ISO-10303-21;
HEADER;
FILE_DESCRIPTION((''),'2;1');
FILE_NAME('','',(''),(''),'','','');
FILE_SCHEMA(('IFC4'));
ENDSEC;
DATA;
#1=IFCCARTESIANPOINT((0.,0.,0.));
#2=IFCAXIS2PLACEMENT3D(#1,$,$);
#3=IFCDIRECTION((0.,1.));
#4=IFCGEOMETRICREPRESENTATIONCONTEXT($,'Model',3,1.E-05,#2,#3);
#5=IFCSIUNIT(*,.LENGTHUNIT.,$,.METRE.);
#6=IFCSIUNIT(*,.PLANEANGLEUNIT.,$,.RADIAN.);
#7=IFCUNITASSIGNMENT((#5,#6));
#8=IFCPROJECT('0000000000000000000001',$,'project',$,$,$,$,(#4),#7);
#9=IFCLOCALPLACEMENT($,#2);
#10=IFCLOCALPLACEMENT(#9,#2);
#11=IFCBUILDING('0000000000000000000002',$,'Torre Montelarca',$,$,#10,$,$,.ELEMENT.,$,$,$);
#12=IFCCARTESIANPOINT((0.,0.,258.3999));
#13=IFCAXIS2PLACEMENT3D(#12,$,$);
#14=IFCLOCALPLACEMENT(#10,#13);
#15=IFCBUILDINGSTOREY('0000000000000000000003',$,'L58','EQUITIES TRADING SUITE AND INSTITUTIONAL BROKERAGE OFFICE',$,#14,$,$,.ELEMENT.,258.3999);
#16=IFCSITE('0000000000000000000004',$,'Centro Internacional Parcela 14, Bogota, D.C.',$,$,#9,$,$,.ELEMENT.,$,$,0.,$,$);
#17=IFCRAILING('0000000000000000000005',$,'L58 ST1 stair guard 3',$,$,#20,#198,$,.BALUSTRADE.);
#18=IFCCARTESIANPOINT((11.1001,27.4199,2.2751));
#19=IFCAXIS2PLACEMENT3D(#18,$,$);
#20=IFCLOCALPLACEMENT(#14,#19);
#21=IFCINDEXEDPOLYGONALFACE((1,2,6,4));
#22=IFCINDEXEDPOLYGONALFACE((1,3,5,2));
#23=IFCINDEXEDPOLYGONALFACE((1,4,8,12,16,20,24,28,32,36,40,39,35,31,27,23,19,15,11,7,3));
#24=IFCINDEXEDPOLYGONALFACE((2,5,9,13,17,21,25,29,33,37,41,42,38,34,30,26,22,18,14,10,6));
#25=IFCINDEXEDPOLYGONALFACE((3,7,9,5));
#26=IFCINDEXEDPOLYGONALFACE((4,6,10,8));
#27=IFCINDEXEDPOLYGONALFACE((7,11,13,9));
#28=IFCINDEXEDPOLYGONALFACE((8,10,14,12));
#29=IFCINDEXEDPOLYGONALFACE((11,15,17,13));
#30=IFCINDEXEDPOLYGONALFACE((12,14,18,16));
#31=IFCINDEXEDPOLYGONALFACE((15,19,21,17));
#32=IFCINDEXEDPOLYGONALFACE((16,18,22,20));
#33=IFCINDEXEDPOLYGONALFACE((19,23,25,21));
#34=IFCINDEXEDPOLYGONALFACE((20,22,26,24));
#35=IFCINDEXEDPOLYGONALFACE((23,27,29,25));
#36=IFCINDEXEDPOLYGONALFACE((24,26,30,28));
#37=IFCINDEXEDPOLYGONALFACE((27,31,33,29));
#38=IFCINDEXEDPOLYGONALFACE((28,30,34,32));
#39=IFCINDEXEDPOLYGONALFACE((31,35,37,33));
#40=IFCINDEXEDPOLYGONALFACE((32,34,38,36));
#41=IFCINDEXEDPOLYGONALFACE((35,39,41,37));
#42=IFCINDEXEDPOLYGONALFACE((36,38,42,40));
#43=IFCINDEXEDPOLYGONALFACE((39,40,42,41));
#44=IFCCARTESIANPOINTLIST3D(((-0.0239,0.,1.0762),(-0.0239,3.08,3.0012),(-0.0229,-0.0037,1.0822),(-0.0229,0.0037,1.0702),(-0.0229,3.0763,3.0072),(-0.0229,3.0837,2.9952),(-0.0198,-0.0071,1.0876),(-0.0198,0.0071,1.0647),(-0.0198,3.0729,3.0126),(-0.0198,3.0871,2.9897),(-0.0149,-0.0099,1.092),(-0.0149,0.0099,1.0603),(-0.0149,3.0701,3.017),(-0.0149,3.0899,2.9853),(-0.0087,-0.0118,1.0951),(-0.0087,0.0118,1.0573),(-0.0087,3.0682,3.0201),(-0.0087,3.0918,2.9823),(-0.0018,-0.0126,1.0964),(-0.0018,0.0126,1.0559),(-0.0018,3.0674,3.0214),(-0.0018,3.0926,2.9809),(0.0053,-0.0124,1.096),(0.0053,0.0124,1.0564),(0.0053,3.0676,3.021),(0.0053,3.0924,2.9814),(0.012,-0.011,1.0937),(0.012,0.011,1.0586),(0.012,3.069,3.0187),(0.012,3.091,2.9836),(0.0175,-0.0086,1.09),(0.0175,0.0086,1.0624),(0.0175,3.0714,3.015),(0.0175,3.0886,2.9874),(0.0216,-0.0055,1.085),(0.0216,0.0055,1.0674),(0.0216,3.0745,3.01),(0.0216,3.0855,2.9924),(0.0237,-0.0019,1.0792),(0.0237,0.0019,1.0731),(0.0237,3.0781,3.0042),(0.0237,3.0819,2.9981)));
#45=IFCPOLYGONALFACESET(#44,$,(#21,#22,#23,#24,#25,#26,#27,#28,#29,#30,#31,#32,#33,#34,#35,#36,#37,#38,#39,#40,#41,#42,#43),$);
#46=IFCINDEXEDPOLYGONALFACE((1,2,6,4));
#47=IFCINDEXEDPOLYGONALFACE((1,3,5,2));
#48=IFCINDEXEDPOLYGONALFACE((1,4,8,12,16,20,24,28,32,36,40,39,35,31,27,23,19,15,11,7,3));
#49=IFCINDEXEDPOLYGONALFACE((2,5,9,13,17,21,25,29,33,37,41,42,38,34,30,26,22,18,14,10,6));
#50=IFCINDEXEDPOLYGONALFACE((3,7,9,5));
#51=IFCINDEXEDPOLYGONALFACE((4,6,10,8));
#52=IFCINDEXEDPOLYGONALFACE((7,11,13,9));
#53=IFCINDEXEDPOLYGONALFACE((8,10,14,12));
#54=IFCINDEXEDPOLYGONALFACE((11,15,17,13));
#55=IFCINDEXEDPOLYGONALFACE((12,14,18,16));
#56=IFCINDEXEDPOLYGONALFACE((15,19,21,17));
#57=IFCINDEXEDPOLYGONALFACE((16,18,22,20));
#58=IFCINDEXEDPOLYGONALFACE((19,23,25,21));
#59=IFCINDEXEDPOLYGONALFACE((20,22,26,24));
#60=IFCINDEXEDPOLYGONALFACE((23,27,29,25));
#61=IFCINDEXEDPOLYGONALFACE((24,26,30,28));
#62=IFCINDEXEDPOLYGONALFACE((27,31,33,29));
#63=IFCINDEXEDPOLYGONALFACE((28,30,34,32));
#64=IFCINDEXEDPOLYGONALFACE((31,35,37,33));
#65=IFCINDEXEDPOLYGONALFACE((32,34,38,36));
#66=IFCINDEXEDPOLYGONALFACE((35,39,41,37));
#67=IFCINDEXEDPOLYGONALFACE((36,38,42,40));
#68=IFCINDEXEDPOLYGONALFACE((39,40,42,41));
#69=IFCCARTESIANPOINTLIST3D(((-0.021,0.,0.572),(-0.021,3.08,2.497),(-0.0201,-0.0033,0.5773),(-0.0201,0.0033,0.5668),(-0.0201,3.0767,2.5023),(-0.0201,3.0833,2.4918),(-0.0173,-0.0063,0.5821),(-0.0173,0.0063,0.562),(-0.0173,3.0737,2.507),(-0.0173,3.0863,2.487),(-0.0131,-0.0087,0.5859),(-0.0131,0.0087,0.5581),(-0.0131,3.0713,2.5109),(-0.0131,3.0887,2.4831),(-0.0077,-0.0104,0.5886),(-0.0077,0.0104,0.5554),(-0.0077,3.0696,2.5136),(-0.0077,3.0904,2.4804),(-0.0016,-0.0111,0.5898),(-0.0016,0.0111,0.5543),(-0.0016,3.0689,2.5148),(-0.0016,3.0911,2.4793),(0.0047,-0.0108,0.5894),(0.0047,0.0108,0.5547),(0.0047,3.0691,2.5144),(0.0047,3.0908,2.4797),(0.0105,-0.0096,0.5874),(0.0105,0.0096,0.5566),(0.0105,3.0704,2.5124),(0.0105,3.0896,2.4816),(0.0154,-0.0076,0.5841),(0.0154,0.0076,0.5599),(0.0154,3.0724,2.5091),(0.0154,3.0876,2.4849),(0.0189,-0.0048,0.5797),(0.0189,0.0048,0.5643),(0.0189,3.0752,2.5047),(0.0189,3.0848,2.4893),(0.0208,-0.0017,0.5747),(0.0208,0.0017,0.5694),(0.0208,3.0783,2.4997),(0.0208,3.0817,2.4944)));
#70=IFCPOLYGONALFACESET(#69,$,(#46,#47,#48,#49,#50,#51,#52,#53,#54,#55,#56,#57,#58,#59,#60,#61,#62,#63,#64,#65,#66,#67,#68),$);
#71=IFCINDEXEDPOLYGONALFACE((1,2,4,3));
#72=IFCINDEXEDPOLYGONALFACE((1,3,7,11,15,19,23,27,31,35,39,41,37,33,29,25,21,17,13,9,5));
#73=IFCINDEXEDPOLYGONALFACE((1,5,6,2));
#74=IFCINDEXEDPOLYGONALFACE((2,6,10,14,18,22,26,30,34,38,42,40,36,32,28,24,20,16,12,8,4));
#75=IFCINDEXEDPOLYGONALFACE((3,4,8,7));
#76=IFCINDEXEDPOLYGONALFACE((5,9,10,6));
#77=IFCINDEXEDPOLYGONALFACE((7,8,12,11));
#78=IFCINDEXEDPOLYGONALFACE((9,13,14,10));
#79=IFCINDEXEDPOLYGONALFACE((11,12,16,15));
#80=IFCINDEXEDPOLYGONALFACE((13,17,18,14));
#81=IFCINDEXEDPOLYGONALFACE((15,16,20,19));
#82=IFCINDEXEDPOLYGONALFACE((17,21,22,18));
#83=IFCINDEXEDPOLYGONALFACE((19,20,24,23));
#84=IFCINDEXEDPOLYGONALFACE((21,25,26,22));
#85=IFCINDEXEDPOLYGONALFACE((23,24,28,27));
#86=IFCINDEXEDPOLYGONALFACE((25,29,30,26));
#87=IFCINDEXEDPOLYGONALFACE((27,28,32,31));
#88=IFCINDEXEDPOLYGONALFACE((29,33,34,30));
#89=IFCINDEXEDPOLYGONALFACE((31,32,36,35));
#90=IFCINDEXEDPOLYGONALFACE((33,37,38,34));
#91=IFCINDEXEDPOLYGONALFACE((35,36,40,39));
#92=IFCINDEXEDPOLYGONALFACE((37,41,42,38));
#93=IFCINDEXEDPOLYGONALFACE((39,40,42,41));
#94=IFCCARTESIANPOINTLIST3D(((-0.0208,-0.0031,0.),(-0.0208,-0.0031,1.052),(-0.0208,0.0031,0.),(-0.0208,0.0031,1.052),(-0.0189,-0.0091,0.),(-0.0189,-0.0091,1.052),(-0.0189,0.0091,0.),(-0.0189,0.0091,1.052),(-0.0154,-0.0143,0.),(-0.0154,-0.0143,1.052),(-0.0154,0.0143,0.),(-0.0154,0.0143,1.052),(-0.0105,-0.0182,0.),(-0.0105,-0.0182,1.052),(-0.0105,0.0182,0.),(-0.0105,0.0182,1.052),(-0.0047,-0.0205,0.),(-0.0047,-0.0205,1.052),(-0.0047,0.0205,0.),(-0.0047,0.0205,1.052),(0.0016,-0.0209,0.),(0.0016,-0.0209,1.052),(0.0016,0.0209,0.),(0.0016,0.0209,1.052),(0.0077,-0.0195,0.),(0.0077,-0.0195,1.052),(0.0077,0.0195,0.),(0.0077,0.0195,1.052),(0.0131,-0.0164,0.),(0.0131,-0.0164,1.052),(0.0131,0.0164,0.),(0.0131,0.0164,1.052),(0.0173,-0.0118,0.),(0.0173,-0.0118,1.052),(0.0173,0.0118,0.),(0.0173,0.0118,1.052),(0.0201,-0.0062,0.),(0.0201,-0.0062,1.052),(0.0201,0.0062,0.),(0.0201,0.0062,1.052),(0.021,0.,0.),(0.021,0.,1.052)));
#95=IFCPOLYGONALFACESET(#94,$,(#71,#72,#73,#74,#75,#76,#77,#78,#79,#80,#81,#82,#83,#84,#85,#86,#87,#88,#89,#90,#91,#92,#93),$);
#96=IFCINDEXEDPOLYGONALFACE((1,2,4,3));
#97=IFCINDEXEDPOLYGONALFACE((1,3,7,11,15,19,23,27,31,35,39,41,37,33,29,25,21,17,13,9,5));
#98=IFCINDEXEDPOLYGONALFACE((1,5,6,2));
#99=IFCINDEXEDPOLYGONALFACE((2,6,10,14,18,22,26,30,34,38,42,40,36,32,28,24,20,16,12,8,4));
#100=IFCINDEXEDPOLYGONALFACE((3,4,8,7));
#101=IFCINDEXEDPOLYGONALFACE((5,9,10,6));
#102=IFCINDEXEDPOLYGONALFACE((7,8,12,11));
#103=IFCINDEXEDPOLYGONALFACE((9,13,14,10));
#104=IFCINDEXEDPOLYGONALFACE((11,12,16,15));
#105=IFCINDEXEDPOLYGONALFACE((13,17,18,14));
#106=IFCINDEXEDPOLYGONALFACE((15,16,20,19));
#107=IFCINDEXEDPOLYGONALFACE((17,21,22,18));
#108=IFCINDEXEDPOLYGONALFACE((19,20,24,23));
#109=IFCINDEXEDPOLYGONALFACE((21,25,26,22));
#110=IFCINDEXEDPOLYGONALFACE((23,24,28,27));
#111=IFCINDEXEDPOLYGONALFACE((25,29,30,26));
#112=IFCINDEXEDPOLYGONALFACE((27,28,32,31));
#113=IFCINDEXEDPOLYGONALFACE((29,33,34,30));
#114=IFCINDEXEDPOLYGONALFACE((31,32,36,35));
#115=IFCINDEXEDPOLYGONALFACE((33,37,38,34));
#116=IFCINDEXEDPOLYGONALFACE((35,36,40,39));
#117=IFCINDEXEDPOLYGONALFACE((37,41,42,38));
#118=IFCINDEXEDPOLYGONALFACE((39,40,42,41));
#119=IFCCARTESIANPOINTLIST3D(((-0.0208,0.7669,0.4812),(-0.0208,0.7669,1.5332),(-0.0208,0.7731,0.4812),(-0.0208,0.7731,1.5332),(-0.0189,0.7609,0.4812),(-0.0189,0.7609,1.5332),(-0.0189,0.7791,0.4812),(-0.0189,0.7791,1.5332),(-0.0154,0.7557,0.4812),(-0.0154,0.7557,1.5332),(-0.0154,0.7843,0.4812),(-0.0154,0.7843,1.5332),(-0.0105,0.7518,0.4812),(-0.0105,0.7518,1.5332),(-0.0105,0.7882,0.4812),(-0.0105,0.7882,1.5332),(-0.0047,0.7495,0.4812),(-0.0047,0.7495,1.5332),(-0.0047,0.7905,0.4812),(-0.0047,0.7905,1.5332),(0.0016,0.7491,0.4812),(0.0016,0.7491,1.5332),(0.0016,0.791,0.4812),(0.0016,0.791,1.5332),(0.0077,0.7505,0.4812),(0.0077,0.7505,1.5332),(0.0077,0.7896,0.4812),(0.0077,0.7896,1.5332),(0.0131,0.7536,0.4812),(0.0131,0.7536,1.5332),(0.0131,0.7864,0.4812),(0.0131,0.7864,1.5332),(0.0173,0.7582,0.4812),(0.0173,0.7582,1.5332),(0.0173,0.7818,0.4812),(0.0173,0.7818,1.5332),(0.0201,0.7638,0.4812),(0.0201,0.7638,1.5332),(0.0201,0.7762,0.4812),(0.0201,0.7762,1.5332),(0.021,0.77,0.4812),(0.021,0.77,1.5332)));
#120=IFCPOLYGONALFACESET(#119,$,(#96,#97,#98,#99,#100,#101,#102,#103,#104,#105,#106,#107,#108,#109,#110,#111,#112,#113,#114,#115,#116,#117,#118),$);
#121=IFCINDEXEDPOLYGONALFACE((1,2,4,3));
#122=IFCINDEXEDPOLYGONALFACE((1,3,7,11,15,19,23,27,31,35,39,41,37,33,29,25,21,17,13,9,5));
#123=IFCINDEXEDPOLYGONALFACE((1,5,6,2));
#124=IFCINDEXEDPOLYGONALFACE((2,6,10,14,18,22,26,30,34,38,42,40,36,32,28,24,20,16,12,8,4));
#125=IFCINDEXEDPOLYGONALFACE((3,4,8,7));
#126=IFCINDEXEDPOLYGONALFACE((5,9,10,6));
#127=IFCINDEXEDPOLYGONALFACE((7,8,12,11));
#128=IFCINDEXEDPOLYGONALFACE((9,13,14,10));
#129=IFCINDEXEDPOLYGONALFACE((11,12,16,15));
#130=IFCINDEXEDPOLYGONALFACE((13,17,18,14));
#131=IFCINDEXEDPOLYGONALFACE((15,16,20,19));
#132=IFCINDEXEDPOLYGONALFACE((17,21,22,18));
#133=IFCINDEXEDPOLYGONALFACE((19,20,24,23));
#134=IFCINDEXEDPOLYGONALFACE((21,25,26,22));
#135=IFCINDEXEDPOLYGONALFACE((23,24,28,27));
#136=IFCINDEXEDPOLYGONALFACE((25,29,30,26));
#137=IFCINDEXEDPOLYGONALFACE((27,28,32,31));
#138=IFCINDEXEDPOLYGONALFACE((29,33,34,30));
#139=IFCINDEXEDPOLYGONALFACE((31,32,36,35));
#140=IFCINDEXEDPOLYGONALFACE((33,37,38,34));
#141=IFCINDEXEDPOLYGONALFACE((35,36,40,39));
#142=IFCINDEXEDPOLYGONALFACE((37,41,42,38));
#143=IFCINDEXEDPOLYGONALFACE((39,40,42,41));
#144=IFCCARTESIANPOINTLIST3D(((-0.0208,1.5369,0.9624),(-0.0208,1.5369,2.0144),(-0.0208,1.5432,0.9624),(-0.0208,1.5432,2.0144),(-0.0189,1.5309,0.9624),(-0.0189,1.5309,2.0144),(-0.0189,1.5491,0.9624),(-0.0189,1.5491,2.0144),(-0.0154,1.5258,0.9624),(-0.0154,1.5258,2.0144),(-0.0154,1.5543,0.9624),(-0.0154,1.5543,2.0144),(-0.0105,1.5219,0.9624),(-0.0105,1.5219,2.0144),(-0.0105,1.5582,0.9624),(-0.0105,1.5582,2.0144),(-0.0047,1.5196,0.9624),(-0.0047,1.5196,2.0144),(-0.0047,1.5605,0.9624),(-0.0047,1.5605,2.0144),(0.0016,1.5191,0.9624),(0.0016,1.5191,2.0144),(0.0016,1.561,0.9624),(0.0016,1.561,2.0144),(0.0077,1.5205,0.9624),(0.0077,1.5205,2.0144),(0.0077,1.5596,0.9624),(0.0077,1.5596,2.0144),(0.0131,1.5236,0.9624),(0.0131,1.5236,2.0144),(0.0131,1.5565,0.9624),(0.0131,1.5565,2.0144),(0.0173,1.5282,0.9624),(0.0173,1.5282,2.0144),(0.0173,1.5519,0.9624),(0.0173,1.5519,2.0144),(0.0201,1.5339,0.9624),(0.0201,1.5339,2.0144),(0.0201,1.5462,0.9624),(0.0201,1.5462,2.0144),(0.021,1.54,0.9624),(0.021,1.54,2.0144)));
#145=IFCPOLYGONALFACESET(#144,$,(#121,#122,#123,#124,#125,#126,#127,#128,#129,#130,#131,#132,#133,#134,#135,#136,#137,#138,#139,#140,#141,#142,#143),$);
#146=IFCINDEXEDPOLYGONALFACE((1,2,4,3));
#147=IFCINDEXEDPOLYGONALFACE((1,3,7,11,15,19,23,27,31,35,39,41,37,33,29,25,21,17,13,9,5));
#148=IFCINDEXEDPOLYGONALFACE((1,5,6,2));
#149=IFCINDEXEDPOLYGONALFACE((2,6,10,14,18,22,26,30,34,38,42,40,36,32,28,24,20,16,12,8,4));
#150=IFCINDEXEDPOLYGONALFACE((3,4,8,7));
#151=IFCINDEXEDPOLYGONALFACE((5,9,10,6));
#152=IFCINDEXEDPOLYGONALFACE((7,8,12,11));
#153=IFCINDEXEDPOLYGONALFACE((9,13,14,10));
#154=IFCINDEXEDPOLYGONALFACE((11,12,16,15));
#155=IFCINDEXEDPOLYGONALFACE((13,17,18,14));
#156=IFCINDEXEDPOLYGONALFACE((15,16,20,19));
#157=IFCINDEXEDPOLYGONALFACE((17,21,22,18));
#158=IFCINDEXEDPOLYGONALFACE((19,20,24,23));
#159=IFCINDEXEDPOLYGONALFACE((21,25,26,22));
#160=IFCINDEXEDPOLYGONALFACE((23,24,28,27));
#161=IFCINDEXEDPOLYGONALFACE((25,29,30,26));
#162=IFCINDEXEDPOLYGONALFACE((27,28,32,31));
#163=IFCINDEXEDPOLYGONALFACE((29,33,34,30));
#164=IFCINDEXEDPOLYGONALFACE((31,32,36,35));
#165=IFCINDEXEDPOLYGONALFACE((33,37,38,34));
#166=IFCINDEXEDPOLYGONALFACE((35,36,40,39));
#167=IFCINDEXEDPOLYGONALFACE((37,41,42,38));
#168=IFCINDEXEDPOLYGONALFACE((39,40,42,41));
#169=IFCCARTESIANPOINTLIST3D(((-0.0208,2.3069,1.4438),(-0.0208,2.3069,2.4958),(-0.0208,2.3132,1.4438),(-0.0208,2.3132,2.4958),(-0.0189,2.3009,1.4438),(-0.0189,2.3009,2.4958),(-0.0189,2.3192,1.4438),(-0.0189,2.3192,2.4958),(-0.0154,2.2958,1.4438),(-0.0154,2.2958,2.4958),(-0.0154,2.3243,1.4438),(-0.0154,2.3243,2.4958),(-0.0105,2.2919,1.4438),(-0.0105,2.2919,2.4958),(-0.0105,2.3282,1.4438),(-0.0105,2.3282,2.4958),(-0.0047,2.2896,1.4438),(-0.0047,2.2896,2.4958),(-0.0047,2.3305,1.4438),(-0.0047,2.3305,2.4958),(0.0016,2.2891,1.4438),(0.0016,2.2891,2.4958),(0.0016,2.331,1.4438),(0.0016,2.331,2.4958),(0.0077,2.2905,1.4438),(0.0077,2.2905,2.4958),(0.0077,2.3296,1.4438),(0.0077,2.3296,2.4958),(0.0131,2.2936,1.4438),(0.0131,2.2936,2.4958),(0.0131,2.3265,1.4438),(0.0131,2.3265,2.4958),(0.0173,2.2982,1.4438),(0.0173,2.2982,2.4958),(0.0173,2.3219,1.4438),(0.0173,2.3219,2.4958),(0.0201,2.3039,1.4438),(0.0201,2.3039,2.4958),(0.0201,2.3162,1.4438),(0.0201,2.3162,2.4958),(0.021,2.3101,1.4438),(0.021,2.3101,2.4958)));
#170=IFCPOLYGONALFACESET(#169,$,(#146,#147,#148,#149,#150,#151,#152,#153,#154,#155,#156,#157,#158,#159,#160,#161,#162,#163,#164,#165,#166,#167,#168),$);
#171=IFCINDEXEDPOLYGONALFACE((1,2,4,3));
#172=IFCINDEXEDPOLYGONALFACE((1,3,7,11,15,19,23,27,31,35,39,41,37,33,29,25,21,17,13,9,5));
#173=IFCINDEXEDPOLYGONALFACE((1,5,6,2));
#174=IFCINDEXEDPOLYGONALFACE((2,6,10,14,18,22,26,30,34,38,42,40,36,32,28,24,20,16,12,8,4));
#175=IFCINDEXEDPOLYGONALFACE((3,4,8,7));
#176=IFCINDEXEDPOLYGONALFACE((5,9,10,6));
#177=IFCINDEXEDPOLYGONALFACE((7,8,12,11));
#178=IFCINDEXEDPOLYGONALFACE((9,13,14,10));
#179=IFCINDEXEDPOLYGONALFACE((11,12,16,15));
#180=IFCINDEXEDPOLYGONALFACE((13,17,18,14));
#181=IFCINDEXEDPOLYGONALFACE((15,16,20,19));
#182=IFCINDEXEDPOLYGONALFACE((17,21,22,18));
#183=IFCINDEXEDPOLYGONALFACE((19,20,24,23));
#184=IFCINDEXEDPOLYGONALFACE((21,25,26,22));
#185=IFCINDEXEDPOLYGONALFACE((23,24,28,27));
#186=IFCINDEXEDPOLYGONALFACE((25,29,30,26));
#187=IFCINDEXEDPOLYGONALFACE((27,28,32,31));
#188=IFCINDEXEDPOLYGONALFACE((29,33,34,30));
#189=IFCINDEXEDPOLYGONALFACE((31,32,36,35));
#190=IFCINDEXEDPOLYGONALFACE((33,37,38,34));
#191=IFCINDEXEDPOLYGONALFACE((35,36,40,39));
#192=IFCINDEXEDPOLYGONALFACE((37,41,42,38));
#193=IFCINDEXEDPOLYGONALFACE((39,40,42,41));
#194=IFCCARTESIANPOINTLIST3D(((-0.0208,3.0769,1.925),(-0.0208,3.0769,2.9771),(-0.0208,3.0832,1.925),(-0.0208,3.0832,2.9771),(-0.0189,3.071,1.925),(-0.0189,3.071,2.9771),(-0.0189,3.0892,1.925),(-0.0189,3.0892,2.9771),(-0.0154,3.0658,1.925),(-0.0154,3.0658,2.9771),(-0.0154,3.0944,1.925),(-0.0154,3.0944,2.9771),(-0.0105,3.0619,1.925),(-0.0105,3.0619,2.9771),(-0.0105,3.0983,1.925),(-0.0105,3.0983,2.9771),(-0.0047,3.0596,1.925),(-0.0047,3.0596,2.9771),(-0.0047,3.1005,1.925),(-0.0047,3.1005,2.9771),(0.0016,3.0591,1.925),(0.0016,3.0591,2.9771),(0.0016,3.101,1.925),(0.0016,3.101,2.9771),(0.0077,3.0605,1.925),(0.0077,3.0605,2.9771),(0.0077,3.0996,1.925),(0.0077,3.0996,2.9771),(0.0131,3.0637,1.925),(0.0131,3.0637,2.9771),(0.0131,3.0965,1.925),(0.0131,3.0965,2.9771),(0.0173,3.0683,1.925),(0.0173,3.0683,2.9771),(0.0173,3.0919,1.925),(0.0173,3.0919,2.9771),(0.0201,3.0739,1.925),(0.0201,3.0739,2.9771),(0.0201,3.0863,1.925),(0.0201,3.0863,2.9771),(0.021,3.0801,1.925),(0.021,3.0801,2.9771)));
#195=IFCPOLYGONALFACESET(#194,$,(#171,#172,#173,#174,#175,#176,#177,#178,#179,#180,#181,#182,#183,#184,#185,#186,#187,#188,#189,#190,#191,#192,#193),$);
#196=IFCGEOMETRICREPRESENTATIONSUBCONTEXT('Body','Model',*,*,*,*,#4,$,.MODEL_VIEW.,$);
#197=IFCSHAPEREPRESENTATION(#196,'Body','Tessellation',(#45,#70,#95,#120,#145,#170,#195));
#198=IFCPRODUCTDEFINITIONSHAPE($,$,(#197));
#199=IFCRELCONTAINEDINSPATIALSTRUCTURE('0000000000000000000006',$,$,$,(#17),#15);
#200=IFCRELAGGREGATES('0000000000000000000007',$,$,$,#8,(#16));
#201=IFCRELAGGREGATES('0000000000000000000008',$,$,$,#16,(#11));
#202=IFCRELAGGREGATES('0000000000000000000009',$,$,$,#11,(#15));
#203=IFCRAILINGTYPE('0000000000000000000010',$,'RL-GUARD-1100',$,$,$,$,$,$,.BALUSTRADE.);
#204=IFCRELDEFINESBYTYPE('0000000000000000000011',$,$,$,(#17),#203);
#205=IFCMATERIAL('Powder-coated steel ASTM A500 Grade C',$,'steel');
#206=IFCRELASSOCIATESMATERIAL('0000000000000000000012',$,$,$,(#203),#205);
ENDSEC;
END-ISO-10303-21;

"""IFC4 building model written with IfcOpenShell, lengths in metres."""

from ifc_helpers import new_model, si_unit, direction, frame, origin, origin_2d, place, context, subcontext, project, spatial, circle, extrude, material, type_object, element, save


model = new_model("IFC4")

# Units and contexts
model_context = context("Model", 3, precision=1e-05, world=origin(), true_north=direction((0.0, 1.0)))
body_context = subcontext(model_context, "Body", "Model", "MODEL_VIEW")
ifc_project = project(units=[si_unit("LENGTHUNIT", "METRE"), si_unit("PLANEANGLEUNIT", "RADIAN")], contexts=[model_context])

# Site, building, storey
site_placement = place(None, origin())
site = spatial("IfcSite", under=ifc_project, at=site_placement, Name="Centro Internacional Parcela 14, Bogota, D.C.", CompositionType="ELEMENT", RefElevation=0.0)
building_placement = place(site_placement, origin())
building = spatial("IfcBuilding", under=site, at=building_placement, Name="Torre Montelarca", CompositionType="ELEMENT")
storey_placement = place(building_placement, frame((0.0, 0.0, 258.3999)))
storey = spatial("IfcBuildingStorey", under=building, at=storey_placement, Name="L58", Description="EQUITIES TRADING SUITE AND INSTITUTIONAL BROKERAGE OFFICE", CompositionType="ELEMENT", Elevation=258.3999)

# Railing
ifc_material_1 = material(Name="Powder-coated steel ASTM A500 Grade C", Category="steel")
railing_type_1 = type_object("IfcRailingType", Name="RL-GUARD-1100", PredefinedType="BALUSTRADE", material=ifc_material_1)
railing_1_placement = place(storey_placement, frame((11.1001, 27.4199, 2.2751)))
element("IfcRailing", 1, at=railing_1_placement, inside=storey, type_object=railing_type_1, Name="L58 ST1 stair guard 3", PredefinedType="BALUSTRADE", context=body_context, shape_type="SweptSolid", body=[
    extrude(circle(Radius=0.0239, at=origin_2d()), frame((0.0, 0.0, 1.0762), z_axis=(0.0, 0.847998, 0.529999), x_axis=(-1.0, 0.0, 0.0)), (0.0, 0.0, 1.0), 3.6321),
    extrude(circle(Radius=0.021, at=origin_2d()), frame((0.0, 0.0, 0.572), z_axis=(0.0, 0.847998, 0.529999), x_axis=(-1.0, 0.0, 0.0)), (0.0, 0.0, 1.0), 3.6321),
    extrude(circle(Radius=0.021, at=origin_2d()), origin(), (0.0, 0.0, 1.0), 1.052),
    extrude(circle(Radius=0.021, at=origin_2d()), frame((0.0, 0.77, 0.4812)), (0.0, 0.0, 1.0), 1.052),
    extrude(circle(Radius=0.021, at=origin_2d()), frame((0.0, 1.54, 0.9624)), (0.0, 0.0, 1.0), 1.052),
    extrude(circle(Radius=0.021, at=origin_2d()), frame((0.0, 2.3101, 1.4438)), (0.0, 0.0, 1.0), 1.052),
    extrude(circle(Radius=0.021, at=origin_2d()), frame((0.0, 3.0801, 1.925)), (0.0, 0.0, 1.0), 1.052),
])

save(model, "model.ifc")
